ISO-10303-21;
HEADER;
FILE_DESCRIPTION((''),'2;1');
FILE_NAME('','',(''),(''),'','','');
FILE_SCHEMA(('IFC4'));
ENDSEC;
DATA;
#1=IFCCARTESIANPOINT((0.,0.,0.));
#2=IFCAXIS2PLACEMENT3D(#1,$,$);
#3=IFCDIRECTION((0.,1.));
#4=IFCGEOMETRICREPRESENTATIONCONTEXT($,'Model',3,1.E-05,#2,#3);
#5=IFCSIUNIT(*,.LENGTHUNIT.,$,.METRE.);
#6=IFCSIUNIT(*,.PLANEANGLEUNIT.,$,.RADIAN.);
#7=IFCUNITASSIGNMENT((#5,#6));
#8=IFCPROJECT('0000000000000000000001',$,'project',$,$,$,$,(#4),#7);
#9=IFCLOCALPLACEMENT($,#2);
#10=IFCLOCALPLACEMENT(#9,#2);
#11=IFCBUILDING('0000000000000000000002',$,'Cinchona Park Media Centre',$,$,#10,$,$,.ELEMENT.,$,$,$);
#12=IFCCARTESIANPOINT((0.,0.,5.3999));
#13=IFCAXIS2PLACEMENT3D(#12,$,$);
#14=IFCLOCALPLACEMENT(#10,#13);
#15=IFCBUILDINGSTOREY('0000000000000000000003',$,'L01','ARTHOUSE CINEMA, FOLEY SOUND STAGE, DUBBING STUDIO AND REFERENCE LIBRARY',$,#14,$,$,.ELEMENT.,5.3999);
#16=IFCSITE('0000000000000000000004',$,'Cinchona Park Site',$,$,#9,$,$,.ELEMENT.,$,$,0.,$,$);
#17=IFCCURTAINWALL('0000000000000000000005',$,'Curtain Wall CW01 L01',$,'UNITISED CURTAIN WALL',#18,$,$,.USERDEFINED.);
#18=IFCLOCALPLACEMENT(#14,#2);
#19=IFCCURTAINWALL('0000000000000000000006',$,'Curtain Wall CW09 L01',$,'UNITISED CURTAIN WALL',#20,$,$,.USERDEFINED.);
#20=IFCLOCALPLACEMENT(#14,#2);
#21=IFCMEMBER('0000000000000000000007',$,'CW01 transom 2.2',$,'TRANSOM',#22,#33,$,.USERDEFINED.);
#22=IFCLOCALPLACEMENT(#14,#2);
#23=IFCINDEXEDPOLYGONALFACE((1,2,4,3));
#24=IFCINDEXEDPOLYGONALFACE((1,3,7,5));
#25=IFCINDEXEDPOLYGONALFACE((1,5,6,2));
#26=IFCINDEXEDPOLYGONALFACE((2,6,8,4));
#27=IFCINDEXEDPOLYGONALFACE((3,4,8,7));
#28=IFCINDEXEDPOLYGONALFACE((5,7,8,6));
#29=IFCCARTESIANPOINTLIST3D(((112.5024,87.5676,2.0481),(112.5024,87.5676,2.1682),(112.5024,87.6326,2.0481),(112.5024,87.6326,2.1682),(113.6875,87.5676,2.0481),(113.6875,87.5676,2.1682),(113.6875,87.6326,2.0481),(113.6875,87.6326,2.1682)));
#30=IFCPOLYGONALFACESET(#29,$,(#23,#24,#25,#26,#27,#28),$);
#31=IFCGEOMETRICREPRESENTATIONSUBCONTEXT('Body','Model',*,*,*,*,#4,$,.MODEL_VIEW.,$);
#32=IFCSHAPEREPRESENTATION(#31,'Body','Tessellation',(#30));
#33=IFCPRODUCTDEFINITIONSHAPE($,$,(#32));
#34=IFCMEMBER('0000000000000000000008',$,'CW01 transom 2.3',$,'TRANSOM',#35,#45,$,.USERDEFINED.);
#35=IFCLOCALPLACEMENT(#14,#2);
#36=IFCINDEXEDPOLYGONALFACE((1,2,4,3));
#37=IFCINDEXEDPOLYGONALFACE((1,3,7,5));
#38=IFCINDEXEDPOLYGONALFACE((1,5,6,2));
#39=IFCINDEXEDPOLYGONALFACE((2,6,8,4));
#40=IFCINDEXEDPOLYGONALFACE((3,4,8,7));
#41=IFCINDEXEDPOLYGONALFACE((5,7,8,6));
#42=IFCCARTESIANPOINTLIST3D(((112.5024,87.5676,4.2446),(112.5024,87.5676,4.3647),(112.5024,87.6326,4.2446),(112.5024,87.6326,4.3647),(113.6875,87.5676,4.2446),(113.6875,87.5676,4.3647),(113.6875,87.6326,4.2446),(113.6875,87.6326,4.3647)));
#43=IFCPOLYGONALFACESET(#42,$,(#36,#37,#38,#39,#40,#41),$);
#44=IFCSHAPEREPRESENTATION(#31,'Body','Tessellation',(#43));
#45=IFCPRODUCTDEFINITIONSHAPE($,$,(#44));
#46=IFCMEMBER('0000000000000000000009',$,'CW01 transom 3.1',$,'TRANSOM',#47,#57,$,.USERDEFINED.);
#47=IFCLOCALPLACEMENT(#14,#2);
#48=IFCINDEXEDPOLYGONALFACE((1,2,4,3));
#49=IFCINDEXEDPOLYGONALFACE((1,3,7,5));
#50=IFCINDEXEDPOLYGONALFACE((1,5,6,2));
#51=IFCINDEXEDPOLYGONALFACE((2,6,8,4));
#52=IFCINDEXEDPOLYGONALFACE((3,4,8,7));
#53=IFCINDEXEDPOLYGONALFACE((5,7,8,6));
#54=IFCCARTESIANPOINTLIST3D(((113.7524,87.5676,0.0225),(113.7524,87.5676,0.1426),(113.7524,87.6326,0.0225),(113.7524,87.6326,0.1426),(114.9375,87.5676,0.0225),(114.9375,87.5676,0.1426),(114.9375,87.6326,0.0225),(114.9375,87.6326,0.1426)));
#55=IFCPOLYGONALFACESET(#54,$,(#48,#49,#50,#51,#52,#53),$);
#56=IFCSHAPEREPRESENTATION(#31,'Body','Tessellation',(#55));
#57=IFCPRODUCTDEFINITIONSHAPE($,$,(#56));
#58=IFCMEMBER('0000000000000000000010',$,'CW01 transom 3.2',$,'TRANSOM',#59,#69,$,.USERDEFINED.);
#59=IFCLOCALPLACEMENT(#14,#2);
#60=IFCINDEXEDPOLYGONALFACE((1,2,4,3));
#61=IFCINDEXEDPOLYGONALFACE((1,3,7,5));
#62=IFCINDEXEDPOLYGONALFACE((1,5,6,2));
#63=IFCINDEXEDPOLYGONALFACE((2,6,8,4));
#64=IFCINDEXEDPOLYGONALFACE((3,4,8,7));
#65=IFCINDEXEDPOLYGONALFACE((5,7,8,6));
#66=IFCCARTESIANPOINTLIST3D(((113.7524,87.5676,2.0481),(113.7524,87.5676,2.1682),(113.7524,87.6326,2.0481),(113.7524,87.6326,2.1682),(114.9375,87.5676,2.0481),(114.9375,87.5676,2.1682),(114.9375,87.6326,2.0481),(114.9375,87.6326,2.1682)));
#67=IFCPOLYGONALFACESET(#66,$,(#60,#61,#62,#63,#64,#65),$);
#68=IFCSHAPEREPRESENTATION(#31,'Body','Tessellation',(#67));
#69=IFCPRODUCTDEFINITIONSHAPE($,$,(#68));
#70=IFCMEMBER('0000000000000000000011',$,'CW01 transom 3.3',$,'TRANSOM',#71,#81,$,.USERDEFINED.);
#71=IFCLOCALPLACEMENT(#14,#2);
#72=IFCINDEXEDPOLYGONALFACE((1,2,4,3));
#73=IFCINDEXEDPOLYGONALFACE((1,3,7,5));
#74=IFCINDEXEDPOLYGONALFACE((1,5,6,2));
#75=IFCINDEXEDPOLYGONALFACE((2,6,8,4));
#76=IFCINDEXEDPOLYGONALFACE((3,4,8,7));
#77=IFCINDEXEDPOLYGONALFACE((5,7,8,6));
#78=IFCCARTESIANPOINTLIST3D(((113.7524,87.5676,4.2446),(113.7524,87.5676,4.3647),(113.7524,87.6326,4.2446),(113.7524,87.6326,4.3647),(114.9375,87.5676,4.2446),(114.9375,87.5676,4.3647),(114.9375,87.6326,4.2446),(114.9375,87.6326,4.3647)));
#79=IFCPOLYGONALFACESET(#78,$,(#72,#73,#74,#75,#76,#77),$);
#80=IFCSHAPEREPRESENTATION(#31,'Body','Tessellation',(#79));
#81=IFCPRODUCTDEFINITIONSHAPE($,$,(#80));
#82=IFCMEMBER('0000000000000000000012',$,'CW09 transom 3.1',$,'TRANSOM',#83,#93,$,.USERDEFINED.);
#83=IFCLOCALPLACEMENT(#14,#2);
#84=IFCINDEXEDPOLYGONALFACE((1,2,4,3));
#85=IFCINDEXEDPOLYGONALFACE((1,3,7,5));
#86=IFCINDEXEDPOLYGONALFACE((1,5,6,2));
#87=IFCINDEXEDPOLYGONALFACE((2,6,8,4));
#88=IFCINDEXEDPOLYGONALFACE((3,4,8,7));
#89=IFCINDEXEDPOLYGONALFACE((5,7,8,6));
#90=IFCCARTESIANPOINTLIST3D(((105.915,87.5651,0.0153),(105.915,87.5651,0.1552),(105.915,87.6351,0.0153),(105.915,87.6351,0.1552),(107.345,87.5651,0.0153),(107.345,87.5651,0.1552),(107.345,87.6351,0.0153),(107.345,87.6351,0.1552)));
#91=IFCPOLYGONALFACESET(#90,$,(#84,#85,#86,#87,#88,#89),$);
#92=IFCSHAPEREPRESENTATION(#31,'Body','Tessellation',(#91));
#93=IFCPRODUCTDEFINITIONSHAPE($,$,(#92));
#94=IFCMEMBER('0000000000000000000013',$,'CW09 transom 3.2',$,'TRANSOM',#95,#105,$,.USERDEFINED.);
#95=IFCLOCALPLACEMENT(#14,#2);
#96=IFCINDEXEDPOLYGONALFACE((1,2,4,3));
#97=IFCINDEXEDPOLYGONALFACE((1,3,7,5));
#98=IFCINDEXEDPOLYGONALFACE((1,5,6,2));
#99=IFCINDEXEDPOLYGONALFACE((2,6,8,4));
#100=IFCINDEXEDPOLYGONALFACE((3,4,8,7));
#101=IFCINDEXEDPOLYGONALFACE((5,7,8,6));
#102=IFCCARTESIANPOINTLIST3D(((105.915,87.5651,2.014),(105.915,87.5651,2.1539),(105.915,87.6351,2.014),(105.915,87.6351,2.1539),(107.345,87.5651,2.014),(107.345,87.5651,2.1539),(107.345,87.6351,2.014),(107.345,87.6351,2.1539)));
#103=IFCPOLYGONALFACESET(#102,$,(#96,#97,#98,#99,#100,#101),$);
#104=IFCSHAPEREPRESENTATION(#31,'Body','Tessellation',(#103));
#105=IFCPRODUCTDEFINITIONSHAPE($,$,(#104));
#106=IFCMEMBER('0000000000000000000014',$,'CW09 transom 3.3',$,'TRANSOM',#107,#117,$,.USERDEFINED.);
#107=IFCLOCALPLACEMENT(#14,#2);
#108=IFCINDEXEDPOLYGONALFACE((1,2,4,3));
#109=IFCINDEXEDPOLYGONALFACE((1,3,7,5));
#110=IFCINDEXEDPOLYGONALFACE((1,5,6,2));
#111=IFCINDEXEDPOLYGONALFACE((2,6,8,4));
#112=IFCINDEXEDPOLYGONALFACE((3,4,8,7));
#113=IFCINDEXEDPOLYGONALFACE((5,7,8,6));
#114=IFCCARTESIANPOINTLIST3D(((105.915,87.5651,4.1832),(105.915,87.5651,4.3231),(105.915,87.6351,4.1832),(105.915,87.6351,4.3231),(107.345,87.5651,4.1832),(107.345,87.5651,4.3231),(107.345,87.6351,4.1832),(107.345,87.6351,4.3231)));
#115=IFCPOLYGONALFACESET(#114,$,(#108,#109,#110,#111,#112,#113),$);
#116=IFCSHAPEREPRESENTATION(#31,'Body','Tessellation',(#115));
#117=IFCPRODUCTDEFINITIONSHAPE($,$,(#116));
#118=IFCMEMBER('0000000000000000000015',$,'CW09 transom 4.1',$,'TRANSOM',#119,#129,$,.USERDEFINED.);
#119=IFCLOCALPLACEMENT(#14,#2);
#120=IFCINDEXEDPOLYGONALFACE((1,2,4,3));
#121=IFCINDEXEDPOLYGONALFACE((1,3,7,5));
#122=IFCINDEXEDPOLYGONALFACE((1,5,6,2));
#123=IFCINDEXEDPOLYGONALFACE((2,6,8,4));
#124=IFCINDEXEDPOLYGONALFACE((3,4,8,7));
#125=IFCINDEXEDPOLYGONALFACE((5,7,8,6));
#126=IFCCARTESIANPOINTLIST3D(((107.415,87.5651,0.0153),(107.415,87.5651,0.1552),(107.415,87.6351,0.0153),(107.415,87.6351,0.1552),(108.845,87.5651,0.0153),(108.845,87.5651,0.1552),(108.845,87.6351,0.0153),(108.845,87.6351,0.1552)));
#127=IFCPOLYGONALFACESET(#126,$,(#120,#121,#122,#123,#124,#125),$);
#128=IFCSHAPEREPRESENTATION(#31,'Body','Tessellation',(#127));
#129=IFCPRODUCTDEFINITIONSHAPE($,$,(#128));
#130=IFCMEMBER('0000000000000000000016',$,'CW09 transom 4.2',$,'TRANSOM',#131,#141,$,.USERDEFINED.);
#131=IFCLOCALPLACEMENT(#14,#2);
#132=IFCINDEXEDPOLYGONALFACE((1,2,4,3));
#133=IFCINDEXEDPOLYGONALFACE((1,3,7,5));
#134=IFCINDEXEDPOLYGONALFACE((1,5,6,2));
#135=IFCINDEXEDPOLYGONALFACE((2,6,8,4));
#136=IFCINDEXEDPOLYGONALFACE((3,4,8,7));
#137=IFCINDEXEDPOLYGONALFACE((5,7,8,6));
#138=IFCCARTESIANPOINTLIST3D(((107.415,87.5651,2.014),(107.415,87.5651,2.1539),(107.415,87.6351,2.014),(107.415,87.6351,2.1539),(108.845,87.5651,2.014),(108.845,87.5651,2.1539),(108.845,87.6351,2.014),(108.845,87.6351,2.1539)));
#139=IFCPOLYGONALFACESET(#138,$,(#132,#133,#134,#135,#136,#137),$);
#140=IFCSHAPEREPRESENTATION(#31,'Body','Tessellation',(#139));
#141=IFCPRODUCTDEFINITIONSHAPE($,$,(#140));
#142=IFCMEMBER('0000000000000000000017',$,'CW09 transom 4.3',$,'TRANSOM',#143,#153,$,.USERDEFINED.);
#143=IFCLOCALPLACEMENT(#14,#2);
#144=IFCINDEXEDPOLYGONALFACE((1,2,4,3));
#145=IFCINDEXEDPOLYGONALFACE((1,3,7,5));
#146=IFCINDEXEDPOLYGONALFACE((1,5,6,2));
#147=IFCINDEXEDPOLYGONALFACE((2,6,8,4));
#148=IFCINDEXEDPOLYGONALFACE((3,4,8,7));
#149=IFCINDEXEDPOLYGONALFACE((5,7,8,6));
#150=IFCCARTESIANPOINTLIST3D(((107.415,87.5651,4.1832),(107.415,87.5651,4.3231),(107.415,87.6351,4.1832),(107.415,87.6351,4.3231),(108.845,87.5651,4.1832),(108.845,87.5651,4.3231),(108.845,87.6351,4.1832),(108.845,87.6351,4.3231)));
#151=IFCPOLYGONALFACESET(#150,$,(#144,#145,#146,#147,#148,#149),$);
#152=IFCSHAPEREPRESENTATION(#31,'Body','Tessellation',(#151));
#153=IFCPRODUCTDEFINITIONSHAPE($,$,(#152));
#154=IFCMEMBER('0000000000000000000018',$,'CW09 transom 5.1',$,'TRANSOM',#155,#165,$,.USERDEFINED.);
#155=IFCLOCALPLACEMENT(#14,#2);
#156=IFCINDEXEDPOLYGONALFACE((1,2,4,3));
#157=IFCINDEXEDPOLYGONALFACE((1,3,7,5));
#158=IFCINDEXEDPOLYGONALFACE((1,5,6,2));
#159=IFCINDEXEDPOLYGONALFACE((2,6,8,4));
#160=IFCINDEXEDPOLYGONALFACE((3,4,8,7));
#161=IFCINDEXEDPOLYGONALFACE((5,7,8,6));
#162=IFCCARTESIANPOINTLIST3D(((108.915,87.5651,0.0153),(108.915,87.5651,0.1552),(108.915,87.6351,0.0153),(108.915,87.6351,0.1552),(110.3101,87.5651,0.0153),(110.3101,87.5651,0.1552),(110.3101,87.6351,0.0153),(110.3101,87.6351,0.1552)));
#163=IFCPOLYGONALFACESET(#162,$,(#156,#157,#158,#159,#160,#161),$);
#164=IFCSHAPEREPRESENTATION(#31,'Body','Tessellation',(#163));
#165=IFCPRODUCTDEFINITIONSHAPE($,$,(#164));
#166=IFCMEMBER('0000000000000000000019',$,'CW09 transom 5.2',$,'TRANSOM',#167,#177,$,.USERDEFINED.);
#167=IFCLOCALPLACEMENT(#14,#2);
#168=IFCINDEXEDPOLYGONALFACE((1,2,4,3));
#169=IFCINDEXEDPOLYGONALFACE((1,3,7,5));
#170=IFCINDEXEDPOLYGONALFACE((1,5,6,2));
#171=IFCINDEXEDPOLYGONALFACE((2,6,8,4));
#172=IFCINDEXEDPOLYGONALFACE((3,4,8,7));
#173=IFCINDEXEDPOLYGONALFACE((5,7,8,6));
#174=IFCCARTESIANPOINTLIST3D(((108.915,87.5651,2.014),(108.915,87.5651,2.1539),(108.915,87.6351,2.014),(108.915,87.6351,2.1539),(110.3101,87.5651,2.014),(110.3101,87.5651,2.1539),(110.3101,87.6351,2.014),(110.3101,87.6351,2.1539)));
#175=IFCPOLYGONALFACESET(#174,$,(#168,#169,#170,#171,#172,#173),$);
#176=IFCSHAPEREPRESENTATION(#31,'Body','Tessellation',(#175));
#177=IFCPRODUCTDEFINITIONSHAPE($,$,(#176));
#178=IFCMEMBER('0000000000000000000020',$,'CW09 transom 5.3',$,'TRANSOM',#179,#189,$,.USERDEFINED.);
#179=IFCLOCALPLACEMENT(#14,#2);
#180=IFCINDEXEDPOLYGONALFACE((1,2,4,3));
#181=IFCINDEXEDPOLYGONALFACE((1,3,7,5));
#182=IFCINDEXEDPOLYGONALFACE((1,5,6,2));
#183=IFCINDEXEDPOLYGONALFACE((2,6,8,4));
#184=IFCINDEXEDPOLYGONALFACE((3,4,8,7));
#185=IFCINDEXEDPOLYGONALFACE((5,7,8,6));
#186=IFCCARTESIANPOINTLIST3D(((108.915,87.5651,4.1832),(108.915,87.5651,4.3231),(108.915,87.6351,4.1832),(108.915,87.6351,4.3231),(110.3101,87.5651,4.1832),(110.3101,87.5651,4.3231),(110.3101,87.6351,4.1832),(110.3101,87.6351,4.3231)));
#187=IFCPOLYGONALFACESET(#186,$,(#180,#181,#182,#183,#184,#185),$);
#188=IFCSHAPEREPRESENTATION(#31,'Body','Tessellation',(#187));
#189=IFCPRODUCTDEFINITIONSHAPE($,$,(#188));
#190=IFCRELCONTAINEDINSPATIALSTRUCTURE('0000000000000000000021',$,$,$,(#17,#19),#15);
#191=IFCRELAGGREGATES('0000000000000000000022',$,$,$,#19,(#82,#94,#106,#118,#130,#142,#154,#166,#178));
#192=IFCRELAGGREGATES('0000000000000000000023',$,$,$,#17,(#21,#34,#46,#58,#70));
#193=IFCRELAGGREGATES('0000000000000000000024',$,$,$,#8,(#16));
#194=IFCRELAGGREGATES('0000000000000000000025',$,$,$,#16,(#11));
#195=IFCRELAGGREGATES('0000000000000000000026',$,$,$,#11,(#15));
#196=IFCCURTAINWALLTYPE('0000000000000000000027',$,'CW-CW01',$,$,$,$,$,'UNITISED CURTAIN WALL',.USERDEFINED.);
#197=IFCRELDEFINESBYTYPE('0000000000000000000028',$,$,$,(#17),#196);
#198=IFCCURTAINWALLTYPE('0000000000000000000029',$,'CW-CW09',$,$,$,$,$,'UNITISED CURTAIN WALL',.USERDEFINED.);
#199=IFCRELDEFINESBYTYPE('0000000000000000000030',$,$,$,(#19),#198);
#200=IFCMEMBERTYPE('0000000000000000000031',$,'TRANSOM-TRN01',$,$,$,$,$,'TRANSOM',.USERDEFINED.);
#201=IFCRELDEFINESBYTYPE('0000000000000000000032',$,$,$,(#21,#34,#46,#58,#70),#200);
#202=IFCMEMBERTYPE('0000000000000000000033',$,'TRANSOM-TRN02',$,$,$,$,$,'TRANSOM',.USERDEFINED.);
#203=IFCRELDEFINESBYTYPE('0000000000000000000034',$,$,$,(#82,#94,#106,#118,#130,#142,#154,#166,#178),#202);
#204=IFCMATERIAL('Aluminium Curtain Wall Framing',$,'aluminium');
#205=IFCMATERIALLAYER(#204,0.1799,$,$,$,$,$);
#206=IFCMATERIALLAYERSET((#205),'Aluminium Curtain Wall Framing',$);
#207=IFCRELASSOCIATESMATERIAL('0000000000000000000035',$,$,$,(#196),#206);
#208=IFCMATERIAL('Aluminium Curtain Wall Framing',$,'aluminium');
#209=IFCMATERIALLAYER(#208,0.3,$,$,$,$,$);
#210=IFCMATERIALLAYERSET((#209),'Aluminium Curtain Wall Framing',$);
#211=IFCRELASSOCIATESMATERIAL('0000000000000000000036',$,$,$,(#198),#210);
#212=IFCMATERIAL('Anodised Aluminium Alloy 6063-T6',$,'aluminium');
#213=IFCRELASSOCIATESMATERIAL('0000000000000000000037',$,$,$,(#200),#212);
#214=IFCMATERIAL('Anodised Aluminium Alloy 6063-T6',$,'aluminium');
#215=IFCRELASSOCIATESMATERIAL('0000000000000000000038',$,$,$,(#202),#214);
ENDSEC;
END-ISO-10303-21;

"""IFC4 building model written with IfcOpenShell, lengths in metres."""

from ifc_helpers import new_model, si_unit, direction, frame, origin, origin_2d, place, context, subcontext, project, spatial, rectangle, extrude, material, layer, layer_set, material_profile, profile_set, type_object, element, aggregate, save


model = new_model("IFC4")

# Units and contexts
model_context = context("Model", 3, precision=1e-05, world=origin(), true_north=direction((0.0, 1.0)))
body_context = subcontext(model_context, "Body", "Model", "MODEL_VIEW")
ifc_project = project(units=[si_unit("LENGTHUNIT", "METRE"), si_unit("PLANEANGLEUNIT", "RADIAN")], contexts=[model_context])

# Site, building, storey
site_placement = place(None, origin())
site = spatial("IfcSite", under=ifc_project, at=site_placement, Name="Cinchona Park Site", CompositionType="ELEMENT", RefElevation=0.0)
building_placement = place(site_placement, origin())
building = spatial("IfcBuilding", under=site, at=building_placement, Name="Cinchona Park Media Centre", CompositionType="ELEMENT")
storey_placement = place(building_placement, frame((0.0, 0.0, 5.3999)))
storey = spatial("IfcBuildingStorey", under=building, at=storey_placement, Name="L01", Description="ARTHOUSE CINEMA, FOLEY SOUND STAGE, DUBBING STUDIO AND REFERENCE LIBRARY", CompositionType="ELEMENT", Elevation=5.3999)

# Curtain walls
ifc_material_1 = material(Name="Aluminium Curtain Wall Framing", Category="aluminium")
ifc_layer_1 = layer(ifc_material_1, 0.1799)
ifc_layer_set_1 = layer_set([ifc_layer_1], Name="Aluminium Curtain Wall Framing")
curtain_wall_type_1 = type_object("IfcCurtainWallType", Name="CW-CW01", ElementType="UNITISED CURTAIN WALL", PredefinedType="USERDEFINED", material=ifc_layer_set_1)
curtain_wall_1_placement = place(storey_placement, origin())
curtain_wall_1 = element("IfcCurtainWall", 1, at=curtain_wall_1_placement, inside=storey, type_object=curtain_wall_type_1, Name="Curtain Wall CW01 L01", ObjectType="UNITISED CURTAIN WALL", PredefinedType="USERDEFINED")
ifc_material_2 = material(Name="Aluminium Curtain Wall Framing", Category="aluminium")
ifc_layer_2 = layer(ifc_material_2, 0.3)
ifc_layer_set_2 = layer_set([ifc_layer_2], Name="Aluminium Curtain Wall Framing")
curtain_wall_type_2 = type_object("IfcCurtainWallType", Name="CW-CW09", ElementType="UNITISED CURTAIN WALL", PredefinedType="USERDEFINED", material=ifc_layer_set_2)
curtain_wall_2_placement = place(storey_placement, origin())
curtain_wall_2 = element("IfcCurtainWall", 2, at=curtain_wall_2_placement, inside=storey, type_object=curtain_wall_type_2, Name="Curtain Wall CW09 L01", ObjectType="UNITISED CURTAIN WALL", PredefinedType="USERDEFINED")

# Members
ifc_material_3 = material(Name="Anodised Aluminium Alloy 6063-T6", Category="aluminium")
ifc_material_profile_1 = material_profile(ifc_material_3, rectangle(XDim=0.0649, YDim=0.1201, at=origin_2d()), Name="TRN-65X120")
ifc_profile_set_1 = profile_set([ifc_material_profile_1], Name="Anodised Aluminium Alloy 6063-T6")
member_type_1 = type_object("IfcMemberType", Name="TRANSOM-TRN01", ElementType="TRANSOM", PredefinedType="USERDEFINED", material=ifc_profile_set_1)
member_1_placement = place(storey_placement, frame((112.5024, 87.6001, 2.1082), z_axis=(1.0, 0.0, 0.0), x_axis=(0.0, 1.0, 0.0)))
member_1 = element("IfcMember", 3, at=member_1_placement, type_object=member_type_1, Name="CW01 transom 2.2", ObjectType="TRANSOM", PredefinedType="USERDEFINED", context=body_context, shape_type="SweptSolid", body=[
    extrude(rectangle(XDim=0.0649, YDim=0.1201, at=origin_2d()), origin(), (0.0, 0.0, 1.0), 1.1851),
])
member_2_placement = place(storey_placement, frame((112.5024, 87.6001, 4.3047), z_axis=(1.0, 0.0, 0.0), x_axis=(0.0, 1.0, 0.0)))
member_2 = element("IfcMember", 4, at=member_2_placement, type_object=member_type_1, Name="CW01 transom 2.3", ObjectType="TRANSOM", PredefinedType="USERDEFINED", context=body_context, shape_type="SweptSolid", body=[
    extrude(rectangle(XDim=0.0649, YDim=0.1201, at=origin_2d()), origin(), (0.0, 0.0, 1.0), 1.1851),
])
member_3_placement = place(storey_placement, frame((113.7524, 87.6001, 0.0825), z_axis=(1.0, 0.0, 0.0), x_axis=(0.0, 1.0, 0.0)))
member_3 = element("IfcMember", 5, at=member_3_placement, type_object=member_type_1, Name="CW01 transom 3.1", ObjectType="TRANSOM", PredefinedType="USERDEFINED", context=body_context, shape_type="SweptSolid", body=[
    extrude(rectangle(XDim=0.0649, YDim=0.1201, at=origin_2d()), origin(), (0.0, 0.0, 1.0), 1.1851),
])
member_4_placement = place(storey_placement, frame((113.7524, 87.6001, 2.1082), z_axis=(1.0, 0.0, 0.0), x_axis=(0.0, 1.0, 0.0)))
member_4 = element("IfcMember", 6, at=member_4_placement, type_object=member_type_1, Name="CW01 transom 3.2", ObjectType="TRANSOM", PredefinedType="USERDEFINED", context=body_context, shape_type="SweptSolid", body=[
    extrude(rectangle(XDim=0.0649, YDim=0.1201, at=origin_2d()), origin(), (0.0, 0.0, 1.0), 1.1851),
])
member_5_placement = place(storey_placement, frame((113.7524, 87.6001, 4.3047), z_axis=(1.0, 0.0, 0.0), x_axis=(0.0, 1.0, 0.0)))
member_5 = element("IfcMember", 7, at=member_5_placement, type_object=member_type_1, Name="CW01 transom 3.3", ObjectType="TRANSOM", PredefinedType="USERDEFINED", context=body_context, shape_type="SweptSolid", body=[
    extrude(rectangle(XDim=0.0649, YDim=0.1201, at=origin_2d()), origin(), (0.0, 0.0, 1.0), 1.1851),
])
ifc_material_4 = material(Name="Anodised Aluminium Alloy 6063-T6", Category="aluminium")
ifc_material_profile_2 = material_profile(ifc_material_4, rectangle(XDim=0.0701, YDim=0.1399, at=origin_2d()), Name="TRN-70X140")
ifc_profile_set_2 = profile_set([ifc_material_profile_2], Name="Anodised Aluminium Alloy 6063-T6")
member_type_2 = type_object("IfcMemberType", Name="TRANSOM-TRN02", ElementType="TRANSOM", PredefinedType="USERDEFINED", material=ifc_profile_set_2)
member_6_placement = place(storey_placement, frame((105.915, 87.6001, 0.0852), z_axis=(1.0, 0.0, 0.0), x_axis=(0.0, 1.0, 0.0)))
member_6 = element("IfcMember", 8, at=member_6_placement, type_object=member_type_2, Name="CW09 transom 3.1", ObjectType="TRANSOM", PredefinedType="USERDEFINED", context=body_context, shape_type="SweptSolid", body=[
    extrude(rectangle(XDim=0.0701, YDim=0.1399, at=origin_2d()), origin(), (0.0, 0.0, 1.0), 1.4299),
])
member_7_placement = place(storey_placement, frame((105.915, 87.6001, 2.084), z_axis=(1.0, 0.0, 0.0), x_axis=(0.0, 1.0, 0.0)))
member_7 = element("IfcMember", 9, at=member_7_placement, type_object=member_type_2, Name="CW09 transom 3.2", ObjectType="TRANSOM", PredefinedType="USERDEFINED", context=body_context, shape_type="SweptSolid", body=[
    extrude(rectangle(XDim=0.0701, YDim=0.1399, at=origin_2d()), origin(), (0.0, 0.0, 1.0), 1.4299),
])
member_8_placement = place(storey_placement, frame((105.915, 87.6001, 4.2532), z_axis=(1.0, 0.0, 0.0), x_axis=(0.0, 1.0, 0.0)))
member_8 = element("IfcMember", 10, at=member_8_placement, type_object=member_type_2, Name="CW09 transom 3.3", ObjectType="TRANSOM", PredefinedType="USERDEFINED", context=body_context, shape_type="SweptSolid", body=[
    extrude(rectangle(XDim=0.0701, YDim=0.1399, at=origin_2d()), origin(), (0.0, 0.0, 1.0), 1.4299),
])
member_9_placement = place(storey_placement, frame((107.415, 87.6001, 0.0852), z_axis=(1.0, 0.0, 0.0), x_axis=(0.0, 1.0, 0.0)))
member_9 = element("IfcMember", 11, at=member_9_placement, type_object=member_type_2, Name="CW09 transom 4.1", ObjectType="TRANSOM", PredefinedType="USERDEFINED", context=body_context, shape_type="SweptSolid", body=[
    extrude(rectangle(XDim=0.0701, YDim=0.1399, at=origin_2d()), origin(), (0.0, 0.0, 1.0), 1.4299),
])
member_10_placement = place(storey_placement, frame((107.415, 87.6001, 2.084), z_axis=(1.0, 0.0, 0.0), x_axis=(0.0, 1.0, 0.0)))
member_10 = element("IfcMember", 12, at=member_10_placement, type_object=member_type_2, Name="CW09 transom 4.2", ObjectType="TRANSOM", PredefinedType="USERDEFINED", context=body_context, shape_type="SweptSolid", body=[
    extrude(rectangle(XDim=0.0701, YDim=0.1399, at=origin_2d()), origin(), (0.0, 0.0, 1.0), 1.4299),
])
member_11_placement = place(storey_placement, frame((107.415, 87.6001, 4.2532), z_axis=(1.0, 0.0, 0.0), x_axis=(0.0, 1.0, 0.0)))
member_11 = element("IfcMember", 13, at=member_11_placement, type_object=member_type_2, Name="CW09 transom 4.3", ObjectType="TRANSOM", PredefinedType="USERDEFINED", context=body_context, shape_type="SweptSolid", body=[
    extrude(rectangle(XDim=0.0701, YDim=0.1399, at=origin_2d()), origin(), (0.0, 0.0, 1.0), 1.4299),
])
member_12_placement = place(storey_placement, frame((108.915, 87.6001, 0.0852), z_axis=(1.0, 0.0, 0.0), x_axis=(0.0, 1.0, 0.0)))
member_12 = element("IfcMember", 14, at=member_12_placement, type_object=member_type_2, Name="CW09 transom 5.1", ObjectType="TRANSOM", PredefinedType="USERDEFINED", context=body_context, shape_type="SweptSolid", body=[
    extrude(rectangle(XDim=0.0701, YDim=0.1399, at=origin_2d()), origin(), (0.0, 0.0, 1.0), 1.395),
])
member_13_placement = place(storey_placement, frame((108.915, 87.6001, 2.084), z_axis=(1.0, 0.0, 0.0), x_axis=(0.0, 1.0, 0.0)))
member_13 = element("IfcMember", 15, at=member_13_placement, type_object=member_type_2, Name="CW09 transom 5.2", ObjectType="TRANSOM", PredefinedType="USERDEFINED", context=body_context, shape_type="SweptSolid", body=[
    extrude(rectangle(XDim=0.0701, YDim=0.1399, at=origin_2d()), origin(), (0.0, 0.0, 1.0), 1.395),
])
member_14_placement = place(storey_placement, frame((108.915, 87.6001, 4.2532), z_axis=(1.0, 0.0, 0.0), x_axis=(0.0, 1.0, 0.0)))
member_14 = element("IfcMember", 16, at=member_14_placement, type_object=member_type_2, Name="CW09 transom 5.3", ObjectType="TRANSOM", PredefinedType="USERDEFINED", context=body_context, shape_type="SweptSolid", body=[
    extrude(rectangle(XDim=0.0701, YDim=0.1399, at=origin_2d()), origin(), (0.0, 0.0, 1.0), 1.395),
])

aggregate(curtain_wall_2, [member_6, member_7, member_8, member_9, member_10, member_11, member_12, member_13, member_14])
aggregate(curtain_wall_1, [member_1, member_2, member_3, member_4, member_5])

save(model, "model.ifc")
